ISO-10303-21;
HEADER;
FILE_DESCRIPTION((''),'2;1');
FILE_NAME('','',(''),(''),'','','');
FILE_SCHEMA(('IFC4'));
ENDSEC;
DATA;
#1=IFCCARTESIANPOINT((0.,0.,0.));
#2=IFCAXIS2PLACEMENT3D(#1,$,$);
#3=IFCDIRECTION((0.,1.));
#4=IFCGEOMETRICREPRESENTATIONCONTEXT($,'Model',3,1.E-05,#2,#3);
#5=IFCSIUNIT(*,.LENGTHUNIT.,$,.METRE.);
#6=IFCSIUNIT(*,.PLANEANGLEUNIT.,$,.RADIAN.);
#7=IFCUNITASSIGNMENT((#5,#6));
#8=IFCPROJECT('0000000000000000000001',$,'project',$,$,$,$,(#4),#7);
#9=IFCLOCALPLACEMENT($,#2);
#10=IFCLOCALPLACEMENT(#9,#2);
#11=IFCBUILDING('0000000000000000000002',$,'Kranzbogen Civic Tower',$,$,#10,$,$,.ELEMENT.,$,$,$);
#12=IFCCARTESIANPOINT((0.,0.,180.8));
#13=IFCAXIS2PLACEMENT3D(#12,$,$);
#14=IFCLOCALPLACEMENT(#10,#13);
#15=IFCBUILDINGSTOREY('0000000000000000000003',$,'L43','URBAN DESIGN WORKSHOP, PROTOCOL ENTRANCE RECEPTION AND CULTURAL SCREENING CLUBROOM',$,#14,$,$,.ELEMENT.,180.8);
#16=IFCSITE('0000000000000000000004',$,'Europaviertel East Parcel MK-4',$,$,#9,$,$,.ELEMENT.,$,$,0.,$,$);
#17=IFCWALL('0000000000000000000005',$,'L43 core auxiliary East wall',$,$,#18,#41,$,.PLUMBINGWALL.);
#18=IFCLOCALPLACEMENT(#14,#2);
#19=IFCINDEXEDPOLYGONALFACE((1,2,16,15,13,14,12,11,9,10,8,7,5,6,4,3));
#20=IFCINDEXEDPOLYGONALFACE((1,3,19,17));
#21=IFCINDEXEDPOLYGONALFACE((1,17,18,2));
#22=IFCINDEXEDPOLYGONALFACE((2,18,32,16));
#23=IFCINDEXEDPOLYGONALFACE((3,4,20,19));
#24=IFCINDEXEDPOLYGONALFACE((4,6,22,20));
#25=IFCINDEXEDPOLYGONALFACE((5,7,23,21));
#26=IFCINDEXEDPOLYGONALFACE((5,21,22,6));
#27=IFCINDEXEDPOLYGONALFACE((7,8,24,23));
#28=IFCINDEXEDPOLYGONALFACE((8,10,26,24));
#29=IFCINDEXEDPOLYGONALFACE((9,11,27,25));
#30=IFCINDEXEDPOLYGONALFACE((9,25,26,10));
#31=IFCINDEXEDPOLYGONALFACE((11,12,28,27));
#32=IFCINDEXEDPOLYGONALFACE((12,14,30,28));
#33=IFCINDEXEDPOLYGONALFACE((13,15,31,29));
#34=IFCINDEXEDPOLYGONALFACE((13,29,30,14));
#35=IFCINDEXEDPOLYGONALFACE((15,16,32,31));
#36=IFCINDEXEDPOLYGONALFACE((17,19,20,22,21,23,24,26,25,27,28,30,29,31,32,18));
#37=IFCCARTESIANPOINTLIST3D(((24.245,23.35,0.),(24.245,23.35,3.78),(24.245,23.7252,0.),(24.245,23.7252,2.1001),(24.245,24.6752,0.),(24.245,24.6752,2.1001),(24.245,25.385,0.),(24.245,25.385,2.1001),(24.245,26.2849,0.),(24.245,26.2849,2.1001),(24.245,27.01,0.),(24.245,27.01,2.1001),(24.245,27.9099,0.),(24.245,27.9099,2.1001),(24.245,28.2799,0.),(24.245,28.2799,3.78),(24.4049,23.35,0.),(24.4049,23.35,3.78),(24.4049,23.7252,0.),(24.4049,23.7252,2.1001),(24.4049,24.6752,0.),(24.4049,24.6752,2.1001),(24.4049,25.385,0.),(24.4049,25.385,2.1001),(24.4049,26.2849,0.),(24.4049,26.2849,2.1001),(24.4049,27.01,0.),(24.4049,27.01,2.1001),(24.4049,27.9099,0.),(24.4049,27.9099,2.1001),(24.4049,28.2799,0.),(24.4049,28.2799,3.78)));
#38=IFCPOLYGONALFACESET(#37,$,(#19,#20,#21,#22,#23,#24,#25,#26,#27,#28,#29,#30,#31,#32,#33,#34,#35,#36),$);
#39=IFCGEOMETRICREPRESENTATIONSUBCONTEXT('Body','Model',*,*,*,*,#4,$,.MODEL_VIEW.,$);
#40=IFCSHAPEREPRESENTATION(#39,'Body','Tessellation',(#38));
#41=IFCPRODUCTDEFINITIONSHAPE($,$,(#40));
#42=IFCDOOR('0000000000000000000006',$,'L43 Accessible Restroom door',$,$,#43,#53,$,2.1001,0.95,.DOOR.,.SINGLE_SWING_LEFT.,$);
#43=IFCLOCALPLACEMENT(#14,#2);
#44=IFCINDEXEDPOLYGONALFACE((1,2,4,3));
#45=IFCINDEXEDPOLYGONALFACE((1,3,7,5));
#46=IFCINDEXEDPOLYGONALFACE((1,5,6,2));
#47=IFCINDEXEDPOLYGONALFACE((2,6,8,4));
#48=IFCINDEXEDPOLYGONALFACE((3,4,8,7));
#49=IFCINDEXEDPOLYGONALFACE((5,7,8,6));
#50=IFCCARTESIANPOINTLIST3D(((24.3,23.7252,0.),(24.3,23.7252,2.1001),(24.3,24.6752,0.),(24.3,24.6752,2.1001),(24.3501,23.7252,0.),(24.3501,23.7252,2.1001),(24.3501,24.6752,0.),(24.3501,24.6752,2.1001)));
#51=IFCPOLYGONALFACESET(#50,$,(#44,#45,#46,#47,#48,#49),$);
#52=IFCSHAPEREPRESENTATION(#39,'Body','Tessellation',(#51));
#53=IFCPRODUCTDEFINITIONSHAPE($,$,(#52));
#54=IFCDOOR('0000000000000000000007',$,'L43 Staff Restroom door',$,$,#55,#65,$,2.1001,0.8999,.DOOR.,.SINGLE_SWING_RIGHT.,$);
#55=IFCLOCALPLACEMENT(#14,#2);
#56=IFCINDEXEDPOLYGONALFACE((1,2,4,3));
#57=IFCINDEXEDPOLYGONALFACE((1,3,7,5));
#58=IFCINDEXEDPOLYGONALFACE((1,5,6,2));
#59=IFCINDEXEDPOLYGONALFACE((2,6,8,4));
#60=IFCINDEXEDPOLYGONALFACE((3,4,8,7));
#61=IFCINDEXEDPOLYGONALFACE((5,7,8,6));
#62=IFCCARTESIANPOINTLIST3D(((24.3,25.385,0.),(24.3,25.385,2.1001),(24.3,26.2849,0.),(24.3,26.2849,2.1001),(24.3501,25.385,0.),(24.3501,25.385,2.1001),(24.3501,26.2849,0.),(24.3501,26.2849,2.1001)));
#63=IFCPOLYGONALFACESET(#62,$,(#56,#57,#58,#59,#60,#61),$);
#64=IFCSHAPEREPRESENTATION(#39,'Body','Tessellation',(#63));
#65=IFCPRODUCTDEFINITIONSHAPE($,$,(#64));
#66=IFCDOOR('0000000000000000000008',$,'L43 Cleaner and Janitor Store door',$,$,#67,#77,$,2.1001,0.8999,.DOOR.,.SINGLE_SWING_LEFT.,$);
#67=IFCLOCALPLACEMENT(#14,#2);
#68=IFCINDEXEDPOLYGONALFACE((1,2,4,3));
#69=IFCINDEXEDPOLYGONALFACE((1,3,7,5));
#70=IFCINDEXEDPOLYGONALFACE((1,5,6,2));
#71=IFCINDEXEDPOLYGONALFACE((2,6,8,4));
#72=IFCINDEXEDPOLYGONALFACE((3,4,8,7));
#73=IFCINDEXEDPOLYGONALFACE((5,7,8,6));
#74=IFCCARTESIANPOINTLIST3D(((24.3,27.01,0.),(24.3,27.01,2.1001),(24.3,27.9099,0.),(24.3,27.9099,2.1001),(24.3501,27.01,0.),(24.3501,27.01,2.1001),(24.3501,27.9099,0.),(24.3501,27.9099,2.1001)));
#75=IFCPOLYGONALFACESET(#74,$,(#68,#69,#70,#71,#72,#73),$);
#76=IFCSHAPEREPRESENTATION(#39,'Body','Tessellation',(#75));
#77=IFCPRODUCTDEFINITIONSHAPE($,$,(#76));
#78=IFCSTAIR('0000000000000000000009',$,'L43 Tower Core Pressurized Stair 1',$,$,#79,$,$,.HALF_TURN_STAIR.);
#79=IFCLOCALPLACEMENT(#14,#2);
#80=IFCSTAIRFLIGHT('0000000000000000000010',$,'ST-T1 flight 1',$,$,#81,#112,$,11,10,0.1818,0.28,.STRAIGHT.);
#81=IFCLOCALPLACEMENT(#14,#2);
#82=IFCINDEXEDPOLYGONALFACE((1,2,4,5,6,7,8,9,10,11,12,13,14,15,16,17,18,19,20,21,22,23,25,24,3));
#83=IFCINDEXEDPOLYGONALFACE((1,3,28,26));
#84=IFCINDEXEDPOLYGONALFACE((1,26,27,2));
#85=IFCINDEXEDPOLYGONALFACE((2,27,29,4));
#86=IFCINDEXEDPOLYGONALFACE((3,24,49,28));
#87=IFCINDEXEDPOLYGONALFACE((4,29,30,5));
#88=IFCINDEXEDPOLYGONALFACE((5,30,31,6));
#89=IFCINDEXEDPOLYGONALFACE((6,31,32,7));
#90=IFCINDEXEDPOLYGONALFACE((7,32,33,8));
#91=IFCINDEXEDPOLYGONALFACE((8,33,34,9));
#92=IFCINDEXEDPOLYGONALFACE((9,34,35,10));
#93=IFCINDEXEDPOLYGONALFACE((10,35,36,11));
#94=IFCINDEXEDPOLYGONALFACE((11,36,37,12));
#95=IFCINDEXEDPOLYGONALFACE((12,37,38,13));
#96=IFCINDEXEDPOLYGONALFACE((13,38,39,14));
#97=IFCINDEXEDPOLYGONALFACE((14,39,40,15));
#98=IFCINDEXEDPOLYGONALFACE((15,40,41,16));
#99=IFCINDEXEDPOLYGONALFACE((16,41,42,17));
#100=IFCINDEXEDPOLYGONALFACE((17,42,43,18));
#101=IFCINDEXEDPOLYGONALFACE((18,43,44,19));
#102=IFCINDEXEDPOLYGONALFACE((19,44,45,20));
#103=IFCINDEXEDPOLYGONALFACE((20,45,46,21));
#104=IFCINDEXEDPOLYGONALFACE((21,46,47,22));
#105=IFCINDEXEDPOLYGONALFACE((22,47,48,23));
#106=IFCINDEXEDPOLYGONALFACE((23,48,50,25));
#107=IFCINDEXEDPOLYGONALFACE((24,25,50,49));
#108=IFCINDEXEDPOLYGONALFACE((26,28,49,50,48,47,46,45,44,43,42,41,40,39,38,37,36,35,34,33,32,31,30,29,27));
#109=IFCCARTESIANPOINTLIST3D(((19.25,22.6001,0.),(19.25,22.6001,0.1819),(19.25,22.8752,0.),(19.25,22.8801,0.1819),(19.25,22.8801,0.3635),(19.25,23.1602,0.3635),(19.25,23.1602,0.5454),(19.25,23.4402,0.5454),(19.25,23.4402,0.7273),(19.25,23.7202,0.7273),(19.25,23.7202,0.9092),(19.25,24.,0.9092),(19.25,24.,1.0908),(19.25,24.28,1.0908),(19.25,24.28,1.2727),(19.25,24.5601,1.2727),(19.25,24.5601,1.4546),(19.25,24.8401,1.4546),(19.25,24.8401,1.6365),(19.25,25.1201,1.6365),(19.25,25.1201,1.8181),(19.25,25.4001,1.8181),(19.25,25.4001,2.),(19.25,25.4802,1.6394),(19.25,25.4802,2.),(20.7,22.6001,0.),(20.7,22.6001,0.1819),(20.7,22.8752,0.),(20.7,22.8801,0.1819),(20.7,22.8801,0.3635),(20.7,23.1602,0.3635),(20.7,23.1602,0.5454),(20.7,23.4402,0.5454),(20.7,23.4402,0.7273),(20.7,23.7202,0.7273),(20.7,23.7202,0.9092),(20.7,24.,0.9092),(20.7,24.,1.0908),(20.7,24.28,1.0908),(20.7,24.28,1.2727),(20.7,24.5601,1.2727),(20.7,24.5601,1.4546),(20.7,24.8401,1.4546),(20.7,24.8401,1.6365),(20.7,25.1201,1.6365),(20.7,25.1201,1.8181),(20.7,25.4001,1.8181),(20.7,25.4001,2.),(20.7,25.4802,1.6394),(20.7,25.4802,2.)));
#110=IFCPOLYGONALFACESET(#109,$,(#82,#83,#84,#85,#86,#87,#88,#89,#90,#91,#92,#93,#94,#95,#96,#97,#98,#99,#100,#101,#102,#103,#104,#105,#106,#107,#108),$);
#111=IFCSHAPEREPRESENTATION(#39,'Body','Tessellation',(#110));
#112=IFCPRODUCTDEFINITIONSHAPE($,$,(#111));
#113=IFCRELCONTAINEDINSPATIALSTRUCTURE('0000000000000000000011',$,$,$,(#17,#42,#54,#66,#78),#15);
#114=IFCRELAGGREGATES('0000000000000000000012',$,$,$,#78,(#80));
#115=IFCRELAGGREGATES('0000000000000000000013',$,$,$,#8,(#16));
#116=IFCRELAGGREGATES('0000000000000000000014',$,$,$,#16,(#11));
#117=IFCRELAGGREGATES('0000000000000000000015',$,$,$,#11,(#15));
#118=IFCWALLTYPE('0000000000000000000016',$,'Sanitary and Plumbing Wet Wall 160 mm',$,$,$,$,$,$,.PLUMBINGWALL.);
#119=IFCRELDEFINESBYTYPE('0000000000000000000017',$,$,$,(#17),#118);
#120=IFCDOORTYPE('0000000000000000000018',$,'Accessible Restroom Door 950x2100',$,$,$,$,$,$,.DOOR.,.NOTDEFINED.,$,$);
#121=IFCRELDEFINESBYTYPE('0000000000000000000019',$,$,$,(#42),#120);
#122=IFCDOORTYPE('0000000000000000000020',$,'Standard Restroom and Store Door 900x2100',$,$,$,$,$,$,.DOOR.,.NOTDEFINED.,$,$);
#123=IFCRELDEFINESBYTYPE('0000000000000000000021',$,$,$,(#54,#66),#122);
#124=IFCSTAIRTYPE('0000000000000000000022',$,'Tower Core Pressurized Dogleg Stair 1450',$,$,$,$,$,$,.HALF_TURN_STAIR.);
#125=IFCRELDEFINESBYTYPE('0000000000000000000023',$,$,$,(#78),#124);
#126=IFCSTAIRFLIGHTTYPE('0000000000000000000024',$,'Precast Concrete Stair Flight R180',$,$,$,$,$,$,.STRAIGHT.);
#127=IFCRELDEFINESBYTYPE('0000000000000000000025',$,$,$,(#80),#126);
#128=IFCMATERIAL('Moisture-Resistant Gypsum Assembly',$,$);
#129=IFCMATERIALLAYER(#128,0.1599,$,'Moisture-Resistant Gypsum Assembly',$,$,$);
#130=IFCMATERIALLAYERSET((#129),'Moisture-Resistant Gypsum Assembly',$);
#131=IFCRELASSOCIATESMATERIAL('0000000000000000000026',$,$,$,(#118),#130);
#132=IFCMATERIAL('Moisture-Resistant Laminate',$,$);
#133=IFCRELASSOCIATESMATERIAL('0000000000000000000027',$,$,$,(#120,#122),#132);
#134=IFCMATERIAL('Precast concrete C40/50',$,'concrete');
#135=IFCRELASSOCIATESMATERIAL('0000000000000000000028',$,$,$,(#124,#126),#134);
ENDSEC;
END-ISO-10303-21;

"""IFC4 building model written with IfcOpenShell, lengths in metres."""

from ifc_helpers import new_model, si_unit, direction, frame, frame_2d, origin, place, context, subcontext, project, spatial, polyline, rectangle, outline, extrude, material, layer, layer_set, type_object, element, fill, aggregate, save


model = new_model("IFC4")

# Units and contexts
model_context = context("Model", 3, precision=1e-05, world=origin(), true_north=direction((0.0, 1.0)))
body_context = subcontext(model_context, "Body", "Model", "MODEL_VIEW")
ifc_project = project(units=[si_unit("LENGTHUNIT", "METRE"), si_unit("PLANEANGLEUNIT", "RADIAN")], contexts=[model_context])

# Site, building, storey
site_placement = place(None, origin())
site = spatial("IfcSite", under=ifc_project, at=site_placement, Name="Europaviertel East Parcel MK-4", CompositionType="ELEMENT", RefElevation=0.0)
building_placement = place(site_placement, origin())
building = spatial("IfcBuilding", under=site, at=building_placement, Name="Kranzbogen Civic Tower", CompositionType="ELEMENT")
storey_placement = place(building_placement, frame((0.0, 0.0, 180.8)))
storey = spatial("IfcBuildingStorey", under=building, at=storey_placement, Name="L43", Description="URBAN DESIGN WORKSHOP, PROTOCOL ENTRANCE RECEPTION AND CULTURAL SCREENING CLUBROOM", CompositionType="ELEMENT", Elevation=180.8)

# Wall, openings, doors
ifc_material_1 = material(Name="Moisture-Resistant Gypsum Assembly")
ifc_layer_1 = layer(ifc_material_1, 0.1599, Name="Moisture-Resistant Gypsum Assembly")
ifc_layer_set_1 = layer_set([ifc_layer_1], Name="Moisture-Resistant Gypsum Assembly")
wall_type_1 = type_object("IfcWallType", Name="Sanitary and Plumbing Wet Wall 160 mm", PredefinedType="PLUMBINGWALL", material=ifc_layer_set_1)
wall_1_placement = place(storey_placement, frame((24.325, 23.3501, 0.0), z_axis=(0.0, 0.0, 1.0), x_axis=(0.0, 1.0, 0.0)))
wall_1 = element("IfcWall", 1, at=wall_1_placement, inside=storey, type_object=wall_type_1, Name="L43 core auxiliary East wall", PredefinedType="PLUMBINGWALL", context=body_context, shape_type="SweptSolid", body=[
    extrude(rectangle(XDim=4.9299, YDim=0.1599, at=frame_2d((2.4648, 0.0))), origin(), (0.0, 0.0, 1.0), 3.78),
])
opening_1_placement = place(wall_1_placement, frame((0.375, 0.0, 0.0)))
opening_1 = element("IfcOpeningElement", 2, at=opening_1_placement, cuts=wall_1, PredefinedType="OPENING", context=body_context, shape_type="SweptSolid", body=[
    extrude(rectangle(XDim=0.95, YDim=2.1001, at=frame_2d((0.4751, 1.05))), frame((0.0, 0.0898, 0.0), z_axis=(0.0, -1.0, 0.0), x_axis=(1.0, 0.0, 0.0)), (0.0, 0.0, 1.0), 0.1799),
])
opening_2_placement = place(wall_1_placement, frame((2.0349, 0.0, 0.0)))
opening_2 = element("IfcOpeningElement", 3, at=opening_2_placement, cuts=wall_1, PredefinedType="OPENING", context=body_context, shape_type="SweptSolid", body=[
    extrude(rectangle(XDim=0.8999, YDim=2.1001, at=frame_2d((0.45, 1.05))), frame((0.0, 0.0898, 0.0), z_axis=(0.0, -1.0, 0.0), x_axis=(1.0, 0.0, 0.0)), (0.0, 0.0, 1.0), 0.1799),
])
opening_3_placement = place(wall_1_placement, frame((3.6599, 0.0, 0.0)))
opening_3 = element("IfcOpeningElement", 4, at=opening_3_placement, cuts=wall_1, PredefinedType="OPENING", context=body_context, shape_type="SweptSolid", body=[
    extrude(rectangle(XDim=0.8999, YDim=2.1001, at=frame_2d((0.45, 1.05))), frame((0.0, 0.0898, 0.0), z_axis=(0.0, -1.0, 0.0), x_axis=(1.0, 0.0, 0.0)), (0.0, 0.0, 1.0), 0.1799),
])
ifc_material_2 = material(Name="Moisture-Resistant Laminate")
door_type_1 = type_object("IfcDoorType", Name="Accessible Restroom Door 950x2100", OperationType="NOTDEFINED", PredefinedType="DOOR", material=ifc_material_2)
door_1_placement = place(opening_1_placement, origin())
door_1 = element("IfcDoor", 5, at=door_1_placement, inside=storey, type_object=door_type_1, Name="L43 Accessible Restroom door", OperationType="SINGLE_SWING_LEFT", OverallHeight=2.1001, OverallWidth=0.95, PredefinedType="DOOR", context=body_context, shape_type="SweptSolid", body=[
    extrude(rectangle(XDim=0.95, YDim=2.1001, at=frame_2d((0.4751, 1.05))), frame((0.0, 0.0249, 0.0), z_axis=(0.0, -1.0, 0.0), x_axis=(1.0, 0.0, 0.0)), (0.0, 0.0, 1.0), 0.05),
])
fill(opening_1, door_1)
door_type_2 = type_object("IfcDoorType", Name="Standard Restroom and Store Door 900x2100", OperationType="NOTDEFINED", PredefinedType="DOOR", material=ifc_material_2)
door_2_placement = place(opening_2_placement, origin())
door_2 = element("IfcDoor", 6, at=door_2_placement, inside=storey, type_object=door_type_2, Name="L43 Staff Restroom door", OperationType="SINGLE_SWING_RIGHT", OverallHeight=2.1001, OverallWidth=0.8999, PredefinedType="DOOR", context=body_context, shape_type="SweptSolid", body=[
    extrude(rectangle(XDim=0.8999, YDim=2.1001, at=frame_2d((0.45, 1.05))), frame((0.0, 0.0249, 0.0), z_axis=(0.0, -1.0, 0.0), x_axis=(1.0, 0.0, 0.0)), (0.0, 0.0, 1.0), 0.05),
])
fill(opening_2, door_2)
door_3_placement = place(opening_3_placement, origin())
door_3 = element("IfcDoor", 7, at=door_3_placement, inside=storey, type_object=door_type_2, Name="L43 Cleaner and Janitor Store door", OperationType="SINGLE_SWING_LEFT", OverallHeight=2.1001, OverallWidth=0.8999, PredefinedType="DOOR", context=body_context, shape_type="SweptSolid", body=[
    extrude(rectangle(XDim=0.8999, YDim=2.1001, at=frame_2d((0.45, 1.05))), frame((0.0, 0.0249, 0.0), z_axis=(0.0, -1.0, 0.0), x_axis=(1.0, 0.0, 0.0)), (0.0, 0.0, 1.0), 0.05),
])
fill(opening_3, door_3)

# Stair, stair flight
ifc_material_3 = material(Name="Precast concrete C40/50", Category="concrete")
stair_type = type_object("IfcStairType", Name="Tower Core Pressurized Dogleg Stair 1450", PredefinedType="HALF_TURN_STAIR", material=ifc_material_3)
stair_placement = place(storey_placement, origin())
stair = element("IfcStair", 8, at=stair_placement, inside=storey, type_object=stair_type, Name="L43 Tower Core Pressurized Stair 1", PredefinedType="HALF_TURN_STAIR")
stair_flight_type = type_object("IfcStairFlightType", Name="Precast Concrete Stair Flight R180", PredefinedType="STRAIGHT", material=ifc_material_3)
stair_flight_placement = place(storey_placement, frame((19.9751, 22.6001, 0.0), z_axis=(0.0, 0.0, 1.0), x_axis=(0.0, 1.0, 0.0)))
stair_flight = element("IfcStairFlight", 9, at=stair_flight_placement, type_object=stair_flight_type, Name="ST-T1 flight 1", NumberOfRisers=11, NumberOfTreads=10, PredefinedType="STRAIGHT", RiserHeight=0.1818, TreadLength=0.28, context=body_context, shape_type="SweptSolid", body=[
    extrude(outline(polyline([(0.0, 0.0), (0.0, 0.1819), (0.28, 0.1819), (0.28, 0.3635), (0.5601, 0.3635), (0.5601, 0.5454), (0.8401, 0.5454), (0.8401, 0.7273), (1.1201, 0.7273), (1.1201, 0.9092), (1.3999, 0.9092), (1.3999, 1.0908), (1.6799, 1.0908), (1.6799, 1.2727), (1.96, 1.2727), (1.96, 1.4546), (2.24, 1.4546), (2.24, 1.6365), (2.52, 1.6365), (2.52, 1.8181), (2.8, 1.8181), (2.8, 2.0), (2.8801, 2.0), (2.8801, 1.6394), (0.2751, 0.0), (0.0, 0.0)])), frame((0.0, 0.7251, 0.0), z_axis=(0.0, -1.0, 0.0), x_axis=(1.0, 0.0, 0.0)), (0.0, 0.0, 1.0), 1.45),
])
aggregate(stair, [stair_flight])

save(model, "model.ifc")
